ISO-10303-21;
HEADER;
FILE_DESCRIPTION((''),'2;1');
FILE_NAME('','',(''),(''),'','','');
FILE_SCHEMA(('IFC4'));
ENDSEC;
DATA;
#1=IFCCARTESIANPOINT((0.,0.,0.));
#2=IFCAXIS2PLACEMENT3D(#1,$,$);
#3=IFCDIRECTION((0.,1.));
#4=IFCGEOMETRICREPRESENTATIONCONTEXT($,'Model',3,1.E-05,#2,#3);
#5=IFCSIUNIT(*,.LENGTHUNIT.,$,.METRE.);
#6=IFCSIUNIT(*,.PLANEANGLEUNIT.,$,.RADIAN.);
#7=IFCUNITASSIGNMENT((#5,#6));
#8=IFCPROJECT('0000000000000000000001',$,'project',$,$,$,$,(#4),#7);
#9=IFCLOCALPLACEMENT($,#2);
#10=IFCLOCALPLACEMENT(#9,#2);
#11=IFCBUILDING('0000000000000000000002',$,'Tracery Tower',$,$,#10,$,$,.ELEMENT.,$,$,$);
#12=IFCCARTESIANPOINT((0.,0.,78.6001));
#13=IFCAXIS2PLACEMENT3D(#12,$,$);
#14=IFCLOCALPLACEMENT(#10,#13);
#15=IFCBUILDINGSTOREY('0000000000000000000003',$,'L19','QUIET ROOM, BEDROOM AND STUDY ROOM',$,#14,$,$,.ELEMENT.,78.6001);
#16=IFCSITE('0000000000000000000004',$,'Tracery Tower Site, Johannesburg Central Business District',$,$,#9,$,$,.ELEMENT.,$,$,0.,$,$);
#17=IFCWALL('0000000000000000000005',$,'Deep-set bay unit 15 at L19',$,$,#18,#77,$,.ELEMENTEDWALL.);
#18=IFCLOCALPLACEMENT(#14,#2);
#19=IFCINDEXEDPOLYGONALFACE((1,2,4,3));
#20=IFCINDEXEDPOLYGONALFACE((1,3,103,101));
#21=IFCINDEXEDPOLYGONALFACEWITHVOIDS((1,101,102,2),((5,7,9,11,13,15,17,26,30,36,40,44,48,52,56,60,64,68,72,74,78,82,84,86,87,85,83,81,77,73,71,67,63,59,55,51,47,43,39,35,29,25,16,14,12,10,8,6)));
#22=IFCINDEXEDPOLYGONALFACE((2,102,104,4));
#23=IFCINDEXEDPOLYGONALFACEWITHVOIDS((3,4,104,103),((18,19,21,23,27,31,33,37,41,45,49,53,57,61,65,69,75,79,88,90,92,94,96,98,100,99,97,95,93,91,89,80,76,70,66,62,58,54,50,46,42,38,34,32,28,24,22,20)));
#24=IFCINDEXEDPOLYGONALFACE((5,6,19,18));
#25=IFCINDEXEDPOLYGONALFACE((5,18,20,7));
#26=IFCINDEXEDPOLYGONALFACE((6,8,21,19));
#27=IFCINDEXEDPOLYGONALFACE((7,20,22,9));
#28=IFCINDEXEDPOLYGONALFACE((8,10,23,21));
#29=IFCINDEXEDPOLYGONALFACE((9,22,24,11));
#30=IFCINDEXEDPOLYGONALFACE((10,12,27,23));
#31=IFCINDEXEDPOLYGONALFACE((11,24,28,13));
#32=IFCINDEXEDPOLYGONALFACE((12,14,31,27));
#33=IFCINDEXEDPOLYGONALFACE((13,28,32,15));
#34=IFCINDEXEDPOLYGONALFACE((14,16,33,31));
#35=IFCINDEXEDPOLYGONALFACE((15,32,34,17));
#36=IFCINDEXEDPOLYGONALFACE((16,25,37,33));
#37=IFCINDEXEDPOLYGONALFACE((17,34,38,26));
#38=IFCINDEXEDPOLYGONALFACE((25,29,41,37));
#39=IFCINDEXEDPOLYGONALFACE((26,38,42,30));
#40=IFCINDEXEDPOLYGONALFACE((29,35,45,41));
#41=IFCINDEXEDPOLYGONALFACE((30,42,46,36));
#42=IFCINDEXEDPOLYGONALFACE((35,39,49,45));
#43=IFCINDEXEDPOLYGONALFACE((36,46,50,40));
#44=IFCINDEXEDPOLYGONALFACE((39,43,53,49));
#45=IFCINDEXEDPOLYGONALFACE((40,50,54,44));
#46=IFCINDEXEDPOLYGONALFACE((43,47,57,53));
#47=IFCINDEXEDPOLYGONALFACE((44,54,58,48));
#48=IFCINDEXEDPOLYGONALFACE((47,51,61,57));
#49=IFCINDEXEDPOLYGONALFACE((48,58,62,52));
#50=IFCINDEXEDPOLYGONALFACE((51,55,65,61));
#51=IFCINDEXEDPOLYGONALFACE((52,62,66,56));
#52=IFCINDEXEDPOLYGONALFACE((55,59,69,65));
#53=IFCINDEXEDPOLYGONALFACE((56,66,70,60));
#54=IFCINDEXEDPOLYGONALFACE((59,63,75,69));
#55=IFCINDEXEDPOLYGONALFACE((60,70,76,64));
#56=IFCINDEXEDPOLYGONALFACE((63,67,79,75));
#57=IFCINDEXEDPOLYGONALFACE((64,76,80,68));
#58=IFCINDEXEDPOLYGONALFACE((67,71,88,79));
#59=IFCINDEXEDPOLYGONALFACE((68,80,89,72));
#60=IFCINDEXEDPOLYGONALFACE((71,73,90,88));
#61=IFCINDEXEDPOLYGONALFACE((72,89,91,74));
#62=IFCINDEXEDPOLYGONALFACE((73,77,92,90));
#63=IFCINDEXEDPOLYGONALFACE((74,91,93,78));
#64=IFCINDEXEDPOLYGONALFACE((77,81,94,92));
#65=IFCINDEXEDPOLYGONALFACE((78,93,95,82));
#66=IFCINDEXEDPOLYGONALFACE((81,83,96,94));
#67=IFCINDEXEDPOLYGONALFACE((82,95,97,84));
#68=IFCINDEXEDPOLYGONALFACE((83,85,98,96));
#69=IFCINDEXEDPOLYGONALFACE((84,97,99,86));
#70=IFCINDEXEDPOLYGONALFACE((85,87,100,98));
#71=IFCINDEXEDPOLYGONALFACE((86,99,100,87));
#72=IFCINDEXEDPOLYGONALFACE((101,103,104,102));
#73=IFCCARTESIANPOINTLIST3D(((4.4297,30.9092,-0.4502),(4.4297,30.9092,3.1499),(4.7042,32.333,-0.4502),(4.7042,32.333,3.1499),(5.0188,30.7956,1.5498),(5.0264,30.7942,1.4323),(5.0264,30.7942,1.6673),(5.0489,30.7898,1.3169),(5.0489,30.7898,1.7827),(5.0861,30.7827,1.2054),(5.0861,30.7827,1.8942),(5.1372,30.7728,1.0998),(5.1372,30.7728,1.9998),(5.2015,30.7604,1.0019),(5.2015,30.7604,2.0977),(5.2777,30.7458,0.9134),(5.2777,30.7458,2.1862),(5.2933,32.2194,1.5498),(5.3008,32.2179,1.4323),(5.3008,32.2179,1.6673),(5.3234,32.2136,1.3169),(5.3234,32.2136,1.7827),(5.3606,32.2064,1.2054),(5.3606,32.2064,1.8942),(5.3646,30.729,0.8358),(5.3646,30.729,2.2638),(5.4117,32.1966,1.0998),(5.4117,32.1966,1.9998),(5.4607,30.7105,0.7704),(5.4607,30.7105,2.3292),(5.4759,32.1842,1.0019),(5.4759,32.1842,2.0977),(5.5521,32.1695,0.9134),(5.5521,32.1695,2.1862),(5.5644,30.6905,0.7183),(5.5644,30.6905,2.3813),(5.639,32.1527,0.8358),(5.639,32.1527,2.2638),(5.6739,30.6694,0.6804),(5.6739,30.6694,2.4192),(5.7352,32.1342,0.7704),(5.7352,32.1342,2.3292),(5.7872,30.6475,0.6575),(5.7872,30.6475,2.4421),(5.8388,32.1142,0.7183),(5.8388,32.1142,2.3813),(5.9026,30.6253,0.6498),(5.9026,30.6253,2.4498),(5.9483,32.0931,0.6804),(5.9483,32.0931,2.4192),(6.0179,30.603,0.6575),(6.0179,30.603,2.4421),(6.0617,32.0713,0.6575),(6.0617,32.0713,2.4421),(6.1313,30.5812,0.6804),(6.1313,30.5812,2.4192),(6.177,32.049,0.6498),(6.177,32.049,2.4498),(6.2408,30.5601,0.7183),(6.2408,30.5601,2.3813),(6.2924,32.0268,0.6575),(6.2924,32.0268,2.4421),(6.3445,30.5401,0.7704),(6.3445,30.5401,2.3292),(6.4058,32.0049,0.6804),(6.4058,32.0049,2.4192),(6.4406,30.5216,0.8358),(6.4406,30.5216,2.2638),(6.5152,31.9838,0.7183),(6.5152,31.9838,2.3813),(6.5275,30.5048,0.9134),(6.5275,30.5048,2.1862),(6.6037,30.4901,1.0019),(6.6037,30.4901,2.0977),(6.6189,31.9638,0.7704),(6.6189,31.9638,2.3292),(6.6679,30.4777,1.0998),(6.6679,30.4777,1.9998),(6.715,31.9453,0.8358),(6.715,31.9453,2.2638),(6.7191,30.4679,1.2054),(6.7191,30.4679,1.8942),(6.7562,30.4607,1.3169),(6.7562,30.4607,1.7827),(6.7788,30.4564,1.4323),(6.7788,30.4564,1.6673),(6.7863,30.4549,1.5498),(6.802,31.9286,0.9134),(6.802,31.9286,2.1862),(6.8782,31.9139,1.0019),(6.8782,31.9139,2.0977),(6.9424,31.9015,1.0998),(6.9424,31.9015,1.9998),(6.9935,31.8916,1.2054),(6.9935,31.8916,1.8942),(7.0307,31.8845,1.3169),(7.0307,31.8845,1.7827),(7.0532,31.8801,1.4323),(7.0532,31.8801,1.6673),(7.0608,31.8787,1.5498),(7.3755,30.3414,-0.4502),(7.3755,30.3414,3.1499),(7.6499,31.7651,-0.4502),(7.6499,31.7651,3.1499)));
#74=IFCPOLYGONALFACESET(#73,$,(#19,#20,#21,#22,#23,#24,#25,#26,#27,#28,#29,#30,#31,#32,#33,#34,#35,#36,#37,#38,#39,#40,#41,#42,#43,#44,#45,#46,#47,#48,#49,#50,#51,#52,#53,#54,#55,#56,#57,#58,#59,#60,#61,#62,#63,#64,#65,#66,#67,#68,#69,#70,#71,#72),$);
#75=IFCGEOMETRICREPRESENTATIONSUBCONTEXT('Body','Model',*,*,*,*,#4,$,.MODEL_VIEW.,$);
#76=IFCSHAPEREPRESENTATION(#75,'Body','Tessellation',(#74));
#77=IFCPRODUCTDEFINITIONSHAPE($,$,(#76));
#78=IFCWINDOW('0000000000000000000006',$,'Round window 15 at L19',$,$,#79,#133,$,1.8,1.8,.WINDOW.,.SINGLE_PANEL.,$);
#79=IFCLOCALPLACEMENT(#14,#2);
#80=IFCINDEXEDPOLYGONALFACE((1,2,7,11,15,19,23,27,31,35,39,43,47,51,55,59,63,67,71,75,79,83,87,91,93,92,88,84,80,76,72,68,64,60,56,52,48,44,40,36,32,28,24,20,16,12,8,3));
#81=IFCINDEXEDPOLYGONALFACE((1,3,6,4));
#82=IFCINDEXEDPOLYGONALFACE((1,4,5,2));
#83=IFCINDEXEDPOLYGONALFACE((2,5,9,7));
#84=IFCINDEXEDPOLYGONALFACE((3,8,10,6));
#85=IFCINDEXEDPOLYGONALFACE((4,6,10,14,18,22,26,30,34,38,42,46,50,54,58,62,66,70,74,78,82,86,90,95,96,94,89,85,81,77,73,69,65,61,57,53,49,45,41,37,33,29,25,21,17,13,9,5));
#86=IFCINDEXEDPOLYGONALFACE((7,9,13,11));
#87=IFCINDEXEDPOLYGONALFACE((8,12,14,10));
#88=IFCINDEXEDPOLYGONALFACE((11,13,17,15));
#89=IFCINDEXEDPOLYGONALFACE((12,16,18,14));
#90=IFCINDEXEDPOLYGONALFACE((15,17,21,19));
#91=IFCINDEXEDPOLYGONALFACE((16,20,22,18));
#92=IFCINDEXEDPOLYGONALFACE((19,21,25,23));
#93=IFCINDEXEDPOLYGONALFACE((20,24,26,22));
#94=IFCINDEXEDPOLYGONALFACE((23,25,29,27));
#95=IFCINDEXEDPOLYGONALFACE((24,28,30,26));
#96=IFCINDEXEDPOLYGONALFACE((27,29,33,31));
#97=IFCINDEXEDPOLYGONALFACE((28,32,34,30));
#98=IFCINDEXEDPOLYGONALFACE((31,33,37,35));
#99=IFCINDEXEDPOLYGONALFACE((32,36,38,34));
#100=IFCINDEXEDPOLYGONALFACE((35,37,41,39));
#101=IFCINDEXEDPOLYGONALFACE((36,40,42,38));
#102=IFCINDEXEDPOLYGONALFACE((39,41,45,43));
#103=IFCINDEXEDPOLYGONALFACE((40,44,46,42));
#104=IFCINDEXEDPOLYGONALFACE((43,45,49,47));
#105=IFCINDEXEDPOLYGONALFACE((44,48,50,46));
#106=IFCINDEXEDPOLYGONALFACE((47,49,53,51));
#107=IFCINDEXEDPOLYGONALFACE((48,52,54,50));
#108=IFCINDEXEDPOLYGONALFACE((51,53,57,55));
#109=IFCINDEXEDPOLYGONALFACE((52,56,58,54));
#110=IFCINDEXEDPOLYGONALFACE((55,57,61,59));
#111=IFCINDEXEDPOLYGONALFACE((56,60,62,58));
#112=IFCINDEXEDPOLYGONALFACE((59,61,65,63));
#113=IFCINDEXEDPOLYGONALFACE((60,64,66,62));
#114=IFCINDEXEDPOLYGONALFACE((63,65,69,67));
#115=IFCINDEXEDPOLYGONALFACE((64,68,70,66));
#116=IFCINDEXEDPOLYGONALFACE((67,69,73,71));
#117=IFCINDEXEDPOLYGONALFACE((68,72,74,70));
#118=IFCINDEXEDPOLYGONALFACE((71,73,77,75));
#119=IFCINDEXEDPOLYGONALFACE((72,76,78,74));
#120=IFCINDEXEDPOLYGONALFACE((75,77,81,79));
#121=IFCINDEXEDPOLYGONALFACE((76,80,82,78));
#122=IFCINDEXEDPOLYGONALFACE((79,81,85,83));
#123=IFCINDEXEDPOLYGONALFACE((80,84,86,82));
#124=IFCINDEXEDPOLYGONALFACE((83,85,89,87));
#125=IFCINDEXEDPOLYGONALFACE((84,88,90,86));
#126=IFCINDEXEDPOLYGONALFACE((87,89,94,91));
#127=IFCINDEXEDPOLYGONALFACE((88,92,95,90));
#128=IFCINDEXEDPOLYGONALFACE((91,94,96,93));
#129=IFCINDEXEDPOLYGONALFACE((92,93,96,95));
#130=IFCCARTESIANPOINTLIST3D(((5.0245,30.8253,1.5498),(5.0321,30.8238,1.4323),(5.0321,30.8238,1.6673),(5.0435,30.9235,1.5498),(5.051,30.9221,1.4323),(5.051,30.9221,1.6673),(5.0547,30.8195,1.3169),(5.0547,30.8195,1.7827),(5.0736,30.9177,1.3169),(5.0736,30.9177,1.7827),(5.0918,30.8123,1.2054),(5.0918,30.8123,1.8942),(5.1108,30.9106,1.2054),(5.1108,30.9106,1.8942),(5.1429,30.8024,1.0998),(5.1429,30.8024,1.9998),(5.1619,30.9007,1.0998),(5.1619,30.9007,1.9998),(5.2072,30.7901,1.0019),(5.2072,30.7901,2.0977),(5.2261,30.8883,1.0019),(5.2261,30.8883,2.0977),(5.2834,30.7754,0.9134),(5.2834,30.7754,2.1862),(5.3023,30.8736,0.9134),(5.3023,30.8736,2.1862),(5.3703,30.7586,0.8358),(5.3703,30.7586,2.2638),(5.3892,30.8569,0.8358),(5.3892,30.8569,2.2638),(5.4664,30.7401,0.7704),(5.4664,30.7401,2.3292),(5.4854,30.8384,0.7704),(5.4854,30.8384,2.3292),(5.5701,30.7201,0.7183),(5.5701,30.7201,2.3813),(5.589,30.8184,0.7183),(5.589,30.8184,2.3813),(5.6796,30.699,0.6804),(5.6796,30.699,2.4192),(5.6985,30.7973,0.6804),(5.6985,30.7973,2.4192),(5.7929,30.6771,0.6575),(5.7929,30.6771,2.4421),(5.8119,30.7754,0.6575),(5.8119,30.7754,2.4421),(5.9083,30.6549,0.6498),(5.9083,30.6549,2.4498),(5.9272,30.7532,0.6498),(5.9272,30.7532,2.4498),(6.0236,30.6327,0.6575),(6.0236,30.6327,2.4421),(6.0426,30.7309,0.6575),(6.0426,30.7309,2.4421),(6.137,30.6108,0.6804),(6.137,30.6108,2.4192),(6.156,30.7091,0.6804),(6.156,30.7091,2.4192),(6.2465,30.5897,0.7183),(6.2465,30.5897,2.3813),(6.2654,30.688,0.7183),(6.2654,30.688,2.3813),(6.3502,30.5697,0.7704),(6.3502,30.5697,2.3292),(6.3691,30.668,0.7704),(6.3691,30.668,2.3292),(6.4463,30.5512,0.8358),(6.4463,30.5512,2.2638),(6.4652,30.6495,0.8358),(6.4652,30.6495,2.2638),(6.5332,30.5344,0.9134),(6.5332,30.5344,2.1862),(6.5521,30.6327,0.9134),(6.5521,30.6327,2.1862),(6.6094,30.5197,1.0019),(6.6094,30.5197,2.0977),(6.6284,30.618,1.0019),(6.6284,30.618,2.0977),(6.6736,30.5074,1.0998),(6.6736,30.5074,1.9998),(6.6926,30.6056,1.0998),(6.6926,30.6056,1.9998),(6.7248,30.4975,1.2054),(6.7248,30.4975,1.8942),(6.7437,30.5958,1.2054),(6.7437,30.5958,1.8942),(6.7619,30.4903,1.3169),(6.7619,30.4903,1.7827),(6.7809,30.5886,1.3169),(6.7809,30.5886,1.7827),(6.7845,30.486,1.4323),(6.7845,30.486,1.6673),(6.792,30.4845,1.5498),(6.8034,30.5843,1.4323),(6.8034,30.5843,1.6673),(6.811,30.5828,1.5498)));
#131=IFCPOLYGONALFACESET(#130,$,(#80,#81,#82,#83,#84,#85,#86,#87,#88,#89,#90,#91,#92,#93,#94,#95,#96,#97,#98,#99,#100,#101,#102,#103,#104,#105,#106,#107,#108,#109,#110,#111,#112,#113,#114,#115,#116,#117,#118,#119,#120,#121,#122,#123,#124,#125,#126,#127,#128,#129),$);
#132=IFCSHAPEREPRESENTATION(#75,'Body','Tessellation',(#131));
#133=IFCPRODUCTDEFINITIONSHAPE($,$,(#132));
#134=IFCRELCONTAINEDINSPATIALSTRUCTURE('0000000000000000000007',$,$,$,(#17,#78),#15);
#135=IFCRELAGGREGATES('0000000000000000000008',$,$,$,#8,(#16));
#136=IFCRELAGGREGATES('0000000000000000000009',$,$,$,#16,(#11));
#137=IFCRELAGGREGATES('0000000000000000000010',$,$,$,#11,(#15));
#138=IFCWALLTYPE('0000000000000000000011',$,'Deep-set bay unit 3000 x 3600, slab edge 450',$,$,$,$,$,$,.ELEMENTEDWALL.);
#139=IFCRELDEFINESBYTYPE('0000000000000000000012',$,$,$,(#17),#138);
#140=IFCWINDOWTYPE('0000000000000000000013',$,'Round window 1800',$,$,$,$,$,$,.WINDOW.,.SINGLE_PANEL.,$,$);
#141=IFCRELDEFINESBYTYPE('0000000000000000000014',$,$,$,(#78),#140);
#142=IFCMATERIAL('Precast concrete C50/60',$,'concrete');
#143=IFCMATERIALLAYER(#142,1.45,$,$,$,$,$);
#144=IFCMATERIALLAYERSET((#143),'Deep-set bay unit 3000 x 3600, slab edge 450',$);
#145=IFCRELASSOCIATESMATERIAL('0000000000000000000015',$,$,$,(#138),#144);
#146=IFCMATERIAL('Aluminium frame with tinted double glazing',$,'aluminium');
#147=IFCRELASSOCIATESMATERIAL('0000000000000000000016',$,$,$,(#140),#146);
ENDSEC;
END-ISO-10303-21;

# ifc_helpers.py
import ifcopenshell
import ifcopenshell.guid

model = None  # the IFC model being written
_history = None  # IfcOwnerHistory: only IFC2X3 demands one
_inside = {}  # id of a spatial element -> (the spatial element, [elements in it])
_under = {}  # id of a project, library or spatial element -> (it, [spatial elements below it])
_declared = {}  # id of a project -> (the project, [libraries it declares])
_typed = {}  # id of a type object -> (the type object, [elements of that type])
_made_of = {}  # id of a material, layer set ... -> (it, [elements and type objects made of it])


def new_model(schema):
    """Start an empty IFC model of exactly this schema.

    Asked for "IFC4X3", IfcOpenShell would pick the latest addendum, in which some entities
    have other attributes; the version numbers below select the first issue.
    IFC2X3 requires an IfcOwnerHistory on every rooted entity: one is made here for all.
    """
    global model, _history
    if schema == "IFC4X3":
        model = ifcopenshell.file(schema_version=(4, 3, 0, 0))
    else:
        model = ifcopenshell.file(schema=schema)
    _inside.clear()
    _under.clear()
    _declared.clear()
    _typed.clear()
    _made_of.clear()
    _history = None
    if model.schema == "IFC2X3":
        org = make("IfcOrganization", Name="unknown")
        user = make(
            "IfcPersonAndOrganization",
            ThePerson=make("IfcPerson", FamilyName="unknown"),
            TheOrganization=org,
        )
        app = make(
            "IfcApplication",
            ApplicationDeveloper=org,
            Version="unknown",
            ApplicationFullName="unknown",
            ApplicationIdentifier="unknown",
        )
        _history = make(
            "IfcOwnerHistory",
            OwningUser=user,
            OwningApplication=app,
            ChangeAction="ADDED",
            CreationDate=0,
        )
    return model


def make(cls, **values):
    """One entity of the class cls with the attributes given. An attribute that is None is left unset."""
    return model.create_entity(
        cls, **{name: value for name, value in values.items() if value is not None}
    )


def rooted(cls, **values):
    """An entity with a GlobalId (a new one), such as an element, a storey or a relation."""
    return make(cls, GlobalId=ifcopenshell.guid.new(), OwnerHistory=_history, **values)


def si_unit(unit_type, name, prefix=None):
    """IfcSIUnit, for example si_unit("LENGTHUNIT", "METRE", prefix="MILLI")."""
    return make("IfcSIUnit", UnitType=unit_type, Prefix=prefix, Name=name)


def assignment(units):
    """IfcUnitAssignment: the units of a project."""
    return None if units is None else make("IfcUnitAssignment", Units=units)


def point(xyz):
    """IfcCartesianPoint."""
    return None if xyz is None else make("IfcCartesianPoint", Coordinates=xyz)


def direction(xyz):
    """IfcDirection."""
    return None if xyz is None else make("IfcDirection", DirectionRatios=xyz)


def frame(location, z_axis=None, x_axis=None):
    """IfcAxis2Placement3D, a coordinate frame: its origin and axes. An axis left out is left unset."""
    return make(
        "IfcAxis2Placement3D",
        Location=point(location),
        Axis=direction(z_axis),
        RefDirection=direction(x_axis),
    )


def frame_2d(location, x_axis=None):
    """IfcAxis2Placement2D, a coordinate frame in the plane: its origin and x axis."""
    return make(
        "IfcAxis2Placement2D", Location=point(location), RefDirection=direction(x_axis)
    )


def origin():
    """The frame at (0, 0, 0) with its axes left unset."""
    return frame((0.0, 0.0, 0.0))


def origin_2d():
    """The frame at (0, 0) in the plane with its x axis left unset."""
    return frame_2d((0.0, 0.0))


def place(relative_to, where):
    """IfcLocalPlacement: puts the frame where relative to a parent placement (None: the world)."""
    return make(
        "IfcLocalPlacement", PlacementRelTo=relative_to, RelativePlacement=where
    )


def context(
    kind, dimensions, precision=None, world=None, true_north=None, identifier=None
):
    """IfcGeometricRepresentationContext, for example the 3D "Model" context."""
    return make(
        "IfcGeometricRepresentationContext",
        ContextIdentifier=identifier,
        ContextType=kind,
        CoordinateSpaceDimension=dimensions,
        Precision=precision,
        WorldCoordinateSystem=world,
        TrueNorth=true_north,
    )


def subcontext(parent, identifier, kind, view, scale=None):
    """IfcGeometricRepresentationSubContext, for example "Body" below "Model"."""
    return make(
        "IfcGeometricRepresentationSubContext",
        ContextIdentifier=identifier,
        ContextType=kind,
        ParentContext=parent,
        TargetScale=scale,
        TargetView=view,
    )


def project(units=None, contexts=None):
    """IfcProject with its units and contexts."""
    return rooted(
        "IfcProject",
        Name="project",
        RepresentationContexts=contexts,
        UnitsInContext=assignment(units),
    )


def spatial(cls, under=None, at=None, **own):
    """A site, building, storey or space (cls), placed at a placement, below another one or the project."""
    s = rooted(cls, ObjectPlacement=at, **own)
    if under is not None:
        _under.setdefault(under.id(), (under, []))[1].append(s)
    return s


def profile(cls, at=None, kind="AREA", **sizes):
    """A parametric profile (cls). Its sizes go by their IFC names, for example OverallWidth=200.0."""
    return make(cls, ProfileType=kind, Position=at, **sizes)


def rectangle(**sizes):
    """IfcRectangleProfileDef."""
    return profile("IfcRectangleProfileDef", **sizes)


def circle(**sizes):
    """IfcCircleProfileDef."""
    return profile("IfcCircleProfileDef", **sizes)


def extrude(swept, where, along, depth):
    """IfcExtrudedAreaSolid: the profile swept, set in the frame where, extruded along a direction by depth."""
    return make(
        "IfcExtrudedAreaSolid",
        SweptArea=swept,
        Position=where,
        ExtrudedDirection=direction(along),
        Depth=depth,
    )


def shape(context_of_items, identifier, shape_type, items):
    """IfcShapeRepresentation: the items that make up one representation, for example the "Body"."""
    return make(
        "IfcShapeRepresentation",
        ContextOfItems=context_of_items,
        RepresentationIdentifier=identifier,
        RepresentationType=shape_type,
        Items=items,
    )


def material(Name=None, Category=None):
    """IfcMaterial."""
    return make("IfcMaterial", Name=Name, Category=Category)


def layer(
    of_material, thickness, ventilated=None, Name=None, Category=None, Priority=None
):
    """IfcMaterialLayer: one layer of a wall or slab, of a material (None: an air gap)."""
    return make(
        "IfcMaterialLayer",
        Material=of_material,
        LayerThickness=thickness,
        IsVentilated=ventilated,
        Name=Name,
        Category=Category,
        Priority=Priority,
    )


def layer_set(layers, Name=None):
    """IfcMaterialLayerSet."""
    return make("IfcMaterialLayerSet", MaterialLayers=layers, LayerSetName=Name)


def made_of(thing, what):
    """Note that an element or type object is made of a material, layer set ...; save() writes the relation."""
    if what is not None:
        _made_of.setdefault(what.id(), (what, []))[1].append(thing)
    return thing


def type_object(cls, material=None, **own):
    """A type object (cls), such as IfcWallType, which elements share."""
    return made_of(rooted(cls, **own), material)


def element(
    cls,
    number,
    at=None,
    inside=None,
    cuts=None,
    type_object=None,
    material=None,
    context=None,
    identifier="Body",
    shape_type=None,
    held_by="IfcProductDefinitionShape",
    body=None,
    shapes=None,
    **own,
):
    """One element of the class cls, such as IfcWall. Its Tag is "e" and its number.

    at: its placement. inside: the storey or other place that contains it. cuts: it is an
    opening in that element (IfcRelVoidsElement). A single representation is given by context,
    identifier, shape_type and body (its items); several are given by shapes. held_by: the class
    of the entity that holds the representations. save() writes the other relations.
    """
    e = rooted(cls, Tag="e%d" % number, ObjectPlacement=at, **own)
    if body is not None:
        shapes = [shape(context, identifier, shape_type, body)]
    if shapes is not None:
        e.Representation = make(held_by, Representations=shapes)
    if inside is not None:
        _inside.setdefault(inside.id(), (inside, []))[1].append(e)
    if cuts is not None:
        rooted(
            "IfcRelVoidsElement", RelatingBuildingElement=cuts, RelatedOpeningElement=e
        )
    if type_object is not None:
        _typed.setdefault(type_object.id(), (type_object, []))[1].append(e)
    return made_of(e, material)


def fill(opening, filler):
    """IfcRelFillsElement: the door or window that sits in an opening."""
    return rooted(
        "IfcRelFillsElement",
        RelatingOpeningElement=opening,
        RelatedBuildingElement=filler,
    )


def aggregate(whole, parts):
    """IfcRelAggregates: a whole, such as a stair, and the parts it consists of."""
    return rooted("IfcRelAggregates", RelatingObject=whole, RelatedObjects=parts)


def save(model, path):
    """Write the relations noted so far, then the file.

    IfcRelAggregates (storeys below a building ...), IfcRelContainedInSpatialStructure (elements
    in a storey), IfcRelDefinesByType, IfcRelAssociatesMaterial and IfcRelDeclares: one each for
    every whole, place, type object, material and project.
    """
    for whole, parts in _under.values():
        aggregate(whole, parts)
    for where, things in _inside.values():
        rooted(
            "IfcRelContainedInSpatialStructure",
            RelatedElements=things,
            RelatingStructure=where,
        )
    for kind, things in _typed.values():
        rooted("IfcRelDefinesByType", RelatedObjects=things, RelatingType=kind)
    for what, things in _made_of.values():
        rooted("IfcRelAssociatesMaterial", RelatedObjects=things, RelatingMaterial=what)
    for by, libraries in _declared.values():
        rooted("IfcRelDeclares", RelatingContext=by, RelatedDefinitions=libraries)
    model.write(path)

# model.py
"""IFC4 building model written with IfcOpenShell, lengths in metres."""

from ifc_helpers import new_model, si_unit, direction, frame, frame_2d, origin, origin_2d, place, context, subcontext, project, spatial, rectangle, circle, extrude, material, layer, layer_set, type_object, element, fill, save


model = new_model("IFC4")

# Units and contexts
model_context = context("Model", 3, precision=1e-05, world=origin(), true_north=direction((0.0, 1.0)))
body_context = subcontext(model_context, "Body", "Model", "MODEL_VIEW")
ifc_project = project(units=[si_unit("LENGTHUNIT", "METRE"), si_unit("PLANEANGLEUNIT", "RADIAN")], contexts=[model_context])

# Site, building, storey
site_placement = place(None, origin())
site = spatial("IfcSite", under=ifc_project, at=site_placement, Name="Tracery Tower Site, Johannesburg Central Business District", CompositionType="ELEMENT", RefElevation=0.0)
building_placement = place(site_placement, origin())
building = spatial("IfcBuilding", under=site, at=building_placement, Name="Tracery Tower", CompositionType="ELEMENT")
storey_placement = place(building_placement, frame((0.0, 0.0, 78.6001)))
storey = spatial("IfcBuildingStorey", under=building, at=storey_placement, Name="L19", Description="QUIET ROOM, BEDROOM AND STUDY ROOM", CompositionType="ELEMENT", Elevation=78.6001)

# Wall, opening, window
ifc_material_1 = material(Name="Precast concrete C50/60", Category="concrete")
ifc_layer_1 = layer(ifc_material_1, 1.45)
ifc_layer_set_1 = layer_set([ifc_layer_1], Name="Deep-set bay unit 3000 x 3600, slab edge 450")
wall_type_1 = type_object("IfcWallType", Name="Deep-set bay unit 3000 x 3600, slab edge 450", PredefinedType="ELEMENTEDWALL", material=ifc_layer_set_1)
wall_1_placement = place(storey_placement, frame((7.5127, 31.0532, -0.4502), z_axis=(0.0, 0.0, 1.0), x_axis=(-0.981922, 0.189288, 0.0)))
wall_1 = element("IfcWall", 1, at=wall_1_placement, inside=storey, type_object=wall_type_1, Name="Deep-set bay unit 15 at L19", PredefinedType="ELEMENTEDWALL", context=body_context, shape_type="SweptSolid", body=[
    extrude(rectangle(XDim=3.0, YDim=1.45, at=frame_2d((1.5, 0.0))), origin(), (0.0, 0.0, 1.0), 3.6001),
])
opening_1_placement = place(wall_1_placement, frame((1.5, 0.0, 2.0)))
opening_1 = element("IfcOpeningElement", 2, at=opening_1_placement, cuts=wall_1, PredefinedType="OPENING", context=body_context, shape_type="SweptSolid", body=[
    extrude(circle(Radius=0.9, at=origin_2d()), frame((0.0, 0.7349, 0.0), z_axis=(0.0, -1.0, 0.0), x_axis=(1.0, 0.0, 0.0)), (0.0, 0.0, 1.0), 1.47),
])
ifc_material_2 = material(Name="Aluminium frame with tinted double glazing", Category="aluminium")
window_type = type_object("IfcWindowType", Name="Round window 1800", PartitioningType="SINGLE_PANEL", PredefinedType="WINDOW", material=ifc_material_2)
window_1_placement = place(opening_1_placement, origin())
window_1 = element("IfcWindow", 3, at=window_1_placement, inside=storey, type_object=window_type, Name="Round window 15 at L19", OverallHeight=1.8, OverallWidth=1.8, PartitioningType="SINGLE_PANEL", PredefinedType="WINDOW", context=body_context, shape_type="SweptSolid", body=[
    extrude(circle(Radius=0.9, at=origin_2d()), frame((0.0, 0.6948, 0.0), z_axis=(0.0, -1.0, 0.0), x_axis=(1.0, 0.0, 0.0)), (0.0, 0.0, 1.0), 0.1001),
])
fill(opening_1, window_1)

save(model, "model.ifc")
